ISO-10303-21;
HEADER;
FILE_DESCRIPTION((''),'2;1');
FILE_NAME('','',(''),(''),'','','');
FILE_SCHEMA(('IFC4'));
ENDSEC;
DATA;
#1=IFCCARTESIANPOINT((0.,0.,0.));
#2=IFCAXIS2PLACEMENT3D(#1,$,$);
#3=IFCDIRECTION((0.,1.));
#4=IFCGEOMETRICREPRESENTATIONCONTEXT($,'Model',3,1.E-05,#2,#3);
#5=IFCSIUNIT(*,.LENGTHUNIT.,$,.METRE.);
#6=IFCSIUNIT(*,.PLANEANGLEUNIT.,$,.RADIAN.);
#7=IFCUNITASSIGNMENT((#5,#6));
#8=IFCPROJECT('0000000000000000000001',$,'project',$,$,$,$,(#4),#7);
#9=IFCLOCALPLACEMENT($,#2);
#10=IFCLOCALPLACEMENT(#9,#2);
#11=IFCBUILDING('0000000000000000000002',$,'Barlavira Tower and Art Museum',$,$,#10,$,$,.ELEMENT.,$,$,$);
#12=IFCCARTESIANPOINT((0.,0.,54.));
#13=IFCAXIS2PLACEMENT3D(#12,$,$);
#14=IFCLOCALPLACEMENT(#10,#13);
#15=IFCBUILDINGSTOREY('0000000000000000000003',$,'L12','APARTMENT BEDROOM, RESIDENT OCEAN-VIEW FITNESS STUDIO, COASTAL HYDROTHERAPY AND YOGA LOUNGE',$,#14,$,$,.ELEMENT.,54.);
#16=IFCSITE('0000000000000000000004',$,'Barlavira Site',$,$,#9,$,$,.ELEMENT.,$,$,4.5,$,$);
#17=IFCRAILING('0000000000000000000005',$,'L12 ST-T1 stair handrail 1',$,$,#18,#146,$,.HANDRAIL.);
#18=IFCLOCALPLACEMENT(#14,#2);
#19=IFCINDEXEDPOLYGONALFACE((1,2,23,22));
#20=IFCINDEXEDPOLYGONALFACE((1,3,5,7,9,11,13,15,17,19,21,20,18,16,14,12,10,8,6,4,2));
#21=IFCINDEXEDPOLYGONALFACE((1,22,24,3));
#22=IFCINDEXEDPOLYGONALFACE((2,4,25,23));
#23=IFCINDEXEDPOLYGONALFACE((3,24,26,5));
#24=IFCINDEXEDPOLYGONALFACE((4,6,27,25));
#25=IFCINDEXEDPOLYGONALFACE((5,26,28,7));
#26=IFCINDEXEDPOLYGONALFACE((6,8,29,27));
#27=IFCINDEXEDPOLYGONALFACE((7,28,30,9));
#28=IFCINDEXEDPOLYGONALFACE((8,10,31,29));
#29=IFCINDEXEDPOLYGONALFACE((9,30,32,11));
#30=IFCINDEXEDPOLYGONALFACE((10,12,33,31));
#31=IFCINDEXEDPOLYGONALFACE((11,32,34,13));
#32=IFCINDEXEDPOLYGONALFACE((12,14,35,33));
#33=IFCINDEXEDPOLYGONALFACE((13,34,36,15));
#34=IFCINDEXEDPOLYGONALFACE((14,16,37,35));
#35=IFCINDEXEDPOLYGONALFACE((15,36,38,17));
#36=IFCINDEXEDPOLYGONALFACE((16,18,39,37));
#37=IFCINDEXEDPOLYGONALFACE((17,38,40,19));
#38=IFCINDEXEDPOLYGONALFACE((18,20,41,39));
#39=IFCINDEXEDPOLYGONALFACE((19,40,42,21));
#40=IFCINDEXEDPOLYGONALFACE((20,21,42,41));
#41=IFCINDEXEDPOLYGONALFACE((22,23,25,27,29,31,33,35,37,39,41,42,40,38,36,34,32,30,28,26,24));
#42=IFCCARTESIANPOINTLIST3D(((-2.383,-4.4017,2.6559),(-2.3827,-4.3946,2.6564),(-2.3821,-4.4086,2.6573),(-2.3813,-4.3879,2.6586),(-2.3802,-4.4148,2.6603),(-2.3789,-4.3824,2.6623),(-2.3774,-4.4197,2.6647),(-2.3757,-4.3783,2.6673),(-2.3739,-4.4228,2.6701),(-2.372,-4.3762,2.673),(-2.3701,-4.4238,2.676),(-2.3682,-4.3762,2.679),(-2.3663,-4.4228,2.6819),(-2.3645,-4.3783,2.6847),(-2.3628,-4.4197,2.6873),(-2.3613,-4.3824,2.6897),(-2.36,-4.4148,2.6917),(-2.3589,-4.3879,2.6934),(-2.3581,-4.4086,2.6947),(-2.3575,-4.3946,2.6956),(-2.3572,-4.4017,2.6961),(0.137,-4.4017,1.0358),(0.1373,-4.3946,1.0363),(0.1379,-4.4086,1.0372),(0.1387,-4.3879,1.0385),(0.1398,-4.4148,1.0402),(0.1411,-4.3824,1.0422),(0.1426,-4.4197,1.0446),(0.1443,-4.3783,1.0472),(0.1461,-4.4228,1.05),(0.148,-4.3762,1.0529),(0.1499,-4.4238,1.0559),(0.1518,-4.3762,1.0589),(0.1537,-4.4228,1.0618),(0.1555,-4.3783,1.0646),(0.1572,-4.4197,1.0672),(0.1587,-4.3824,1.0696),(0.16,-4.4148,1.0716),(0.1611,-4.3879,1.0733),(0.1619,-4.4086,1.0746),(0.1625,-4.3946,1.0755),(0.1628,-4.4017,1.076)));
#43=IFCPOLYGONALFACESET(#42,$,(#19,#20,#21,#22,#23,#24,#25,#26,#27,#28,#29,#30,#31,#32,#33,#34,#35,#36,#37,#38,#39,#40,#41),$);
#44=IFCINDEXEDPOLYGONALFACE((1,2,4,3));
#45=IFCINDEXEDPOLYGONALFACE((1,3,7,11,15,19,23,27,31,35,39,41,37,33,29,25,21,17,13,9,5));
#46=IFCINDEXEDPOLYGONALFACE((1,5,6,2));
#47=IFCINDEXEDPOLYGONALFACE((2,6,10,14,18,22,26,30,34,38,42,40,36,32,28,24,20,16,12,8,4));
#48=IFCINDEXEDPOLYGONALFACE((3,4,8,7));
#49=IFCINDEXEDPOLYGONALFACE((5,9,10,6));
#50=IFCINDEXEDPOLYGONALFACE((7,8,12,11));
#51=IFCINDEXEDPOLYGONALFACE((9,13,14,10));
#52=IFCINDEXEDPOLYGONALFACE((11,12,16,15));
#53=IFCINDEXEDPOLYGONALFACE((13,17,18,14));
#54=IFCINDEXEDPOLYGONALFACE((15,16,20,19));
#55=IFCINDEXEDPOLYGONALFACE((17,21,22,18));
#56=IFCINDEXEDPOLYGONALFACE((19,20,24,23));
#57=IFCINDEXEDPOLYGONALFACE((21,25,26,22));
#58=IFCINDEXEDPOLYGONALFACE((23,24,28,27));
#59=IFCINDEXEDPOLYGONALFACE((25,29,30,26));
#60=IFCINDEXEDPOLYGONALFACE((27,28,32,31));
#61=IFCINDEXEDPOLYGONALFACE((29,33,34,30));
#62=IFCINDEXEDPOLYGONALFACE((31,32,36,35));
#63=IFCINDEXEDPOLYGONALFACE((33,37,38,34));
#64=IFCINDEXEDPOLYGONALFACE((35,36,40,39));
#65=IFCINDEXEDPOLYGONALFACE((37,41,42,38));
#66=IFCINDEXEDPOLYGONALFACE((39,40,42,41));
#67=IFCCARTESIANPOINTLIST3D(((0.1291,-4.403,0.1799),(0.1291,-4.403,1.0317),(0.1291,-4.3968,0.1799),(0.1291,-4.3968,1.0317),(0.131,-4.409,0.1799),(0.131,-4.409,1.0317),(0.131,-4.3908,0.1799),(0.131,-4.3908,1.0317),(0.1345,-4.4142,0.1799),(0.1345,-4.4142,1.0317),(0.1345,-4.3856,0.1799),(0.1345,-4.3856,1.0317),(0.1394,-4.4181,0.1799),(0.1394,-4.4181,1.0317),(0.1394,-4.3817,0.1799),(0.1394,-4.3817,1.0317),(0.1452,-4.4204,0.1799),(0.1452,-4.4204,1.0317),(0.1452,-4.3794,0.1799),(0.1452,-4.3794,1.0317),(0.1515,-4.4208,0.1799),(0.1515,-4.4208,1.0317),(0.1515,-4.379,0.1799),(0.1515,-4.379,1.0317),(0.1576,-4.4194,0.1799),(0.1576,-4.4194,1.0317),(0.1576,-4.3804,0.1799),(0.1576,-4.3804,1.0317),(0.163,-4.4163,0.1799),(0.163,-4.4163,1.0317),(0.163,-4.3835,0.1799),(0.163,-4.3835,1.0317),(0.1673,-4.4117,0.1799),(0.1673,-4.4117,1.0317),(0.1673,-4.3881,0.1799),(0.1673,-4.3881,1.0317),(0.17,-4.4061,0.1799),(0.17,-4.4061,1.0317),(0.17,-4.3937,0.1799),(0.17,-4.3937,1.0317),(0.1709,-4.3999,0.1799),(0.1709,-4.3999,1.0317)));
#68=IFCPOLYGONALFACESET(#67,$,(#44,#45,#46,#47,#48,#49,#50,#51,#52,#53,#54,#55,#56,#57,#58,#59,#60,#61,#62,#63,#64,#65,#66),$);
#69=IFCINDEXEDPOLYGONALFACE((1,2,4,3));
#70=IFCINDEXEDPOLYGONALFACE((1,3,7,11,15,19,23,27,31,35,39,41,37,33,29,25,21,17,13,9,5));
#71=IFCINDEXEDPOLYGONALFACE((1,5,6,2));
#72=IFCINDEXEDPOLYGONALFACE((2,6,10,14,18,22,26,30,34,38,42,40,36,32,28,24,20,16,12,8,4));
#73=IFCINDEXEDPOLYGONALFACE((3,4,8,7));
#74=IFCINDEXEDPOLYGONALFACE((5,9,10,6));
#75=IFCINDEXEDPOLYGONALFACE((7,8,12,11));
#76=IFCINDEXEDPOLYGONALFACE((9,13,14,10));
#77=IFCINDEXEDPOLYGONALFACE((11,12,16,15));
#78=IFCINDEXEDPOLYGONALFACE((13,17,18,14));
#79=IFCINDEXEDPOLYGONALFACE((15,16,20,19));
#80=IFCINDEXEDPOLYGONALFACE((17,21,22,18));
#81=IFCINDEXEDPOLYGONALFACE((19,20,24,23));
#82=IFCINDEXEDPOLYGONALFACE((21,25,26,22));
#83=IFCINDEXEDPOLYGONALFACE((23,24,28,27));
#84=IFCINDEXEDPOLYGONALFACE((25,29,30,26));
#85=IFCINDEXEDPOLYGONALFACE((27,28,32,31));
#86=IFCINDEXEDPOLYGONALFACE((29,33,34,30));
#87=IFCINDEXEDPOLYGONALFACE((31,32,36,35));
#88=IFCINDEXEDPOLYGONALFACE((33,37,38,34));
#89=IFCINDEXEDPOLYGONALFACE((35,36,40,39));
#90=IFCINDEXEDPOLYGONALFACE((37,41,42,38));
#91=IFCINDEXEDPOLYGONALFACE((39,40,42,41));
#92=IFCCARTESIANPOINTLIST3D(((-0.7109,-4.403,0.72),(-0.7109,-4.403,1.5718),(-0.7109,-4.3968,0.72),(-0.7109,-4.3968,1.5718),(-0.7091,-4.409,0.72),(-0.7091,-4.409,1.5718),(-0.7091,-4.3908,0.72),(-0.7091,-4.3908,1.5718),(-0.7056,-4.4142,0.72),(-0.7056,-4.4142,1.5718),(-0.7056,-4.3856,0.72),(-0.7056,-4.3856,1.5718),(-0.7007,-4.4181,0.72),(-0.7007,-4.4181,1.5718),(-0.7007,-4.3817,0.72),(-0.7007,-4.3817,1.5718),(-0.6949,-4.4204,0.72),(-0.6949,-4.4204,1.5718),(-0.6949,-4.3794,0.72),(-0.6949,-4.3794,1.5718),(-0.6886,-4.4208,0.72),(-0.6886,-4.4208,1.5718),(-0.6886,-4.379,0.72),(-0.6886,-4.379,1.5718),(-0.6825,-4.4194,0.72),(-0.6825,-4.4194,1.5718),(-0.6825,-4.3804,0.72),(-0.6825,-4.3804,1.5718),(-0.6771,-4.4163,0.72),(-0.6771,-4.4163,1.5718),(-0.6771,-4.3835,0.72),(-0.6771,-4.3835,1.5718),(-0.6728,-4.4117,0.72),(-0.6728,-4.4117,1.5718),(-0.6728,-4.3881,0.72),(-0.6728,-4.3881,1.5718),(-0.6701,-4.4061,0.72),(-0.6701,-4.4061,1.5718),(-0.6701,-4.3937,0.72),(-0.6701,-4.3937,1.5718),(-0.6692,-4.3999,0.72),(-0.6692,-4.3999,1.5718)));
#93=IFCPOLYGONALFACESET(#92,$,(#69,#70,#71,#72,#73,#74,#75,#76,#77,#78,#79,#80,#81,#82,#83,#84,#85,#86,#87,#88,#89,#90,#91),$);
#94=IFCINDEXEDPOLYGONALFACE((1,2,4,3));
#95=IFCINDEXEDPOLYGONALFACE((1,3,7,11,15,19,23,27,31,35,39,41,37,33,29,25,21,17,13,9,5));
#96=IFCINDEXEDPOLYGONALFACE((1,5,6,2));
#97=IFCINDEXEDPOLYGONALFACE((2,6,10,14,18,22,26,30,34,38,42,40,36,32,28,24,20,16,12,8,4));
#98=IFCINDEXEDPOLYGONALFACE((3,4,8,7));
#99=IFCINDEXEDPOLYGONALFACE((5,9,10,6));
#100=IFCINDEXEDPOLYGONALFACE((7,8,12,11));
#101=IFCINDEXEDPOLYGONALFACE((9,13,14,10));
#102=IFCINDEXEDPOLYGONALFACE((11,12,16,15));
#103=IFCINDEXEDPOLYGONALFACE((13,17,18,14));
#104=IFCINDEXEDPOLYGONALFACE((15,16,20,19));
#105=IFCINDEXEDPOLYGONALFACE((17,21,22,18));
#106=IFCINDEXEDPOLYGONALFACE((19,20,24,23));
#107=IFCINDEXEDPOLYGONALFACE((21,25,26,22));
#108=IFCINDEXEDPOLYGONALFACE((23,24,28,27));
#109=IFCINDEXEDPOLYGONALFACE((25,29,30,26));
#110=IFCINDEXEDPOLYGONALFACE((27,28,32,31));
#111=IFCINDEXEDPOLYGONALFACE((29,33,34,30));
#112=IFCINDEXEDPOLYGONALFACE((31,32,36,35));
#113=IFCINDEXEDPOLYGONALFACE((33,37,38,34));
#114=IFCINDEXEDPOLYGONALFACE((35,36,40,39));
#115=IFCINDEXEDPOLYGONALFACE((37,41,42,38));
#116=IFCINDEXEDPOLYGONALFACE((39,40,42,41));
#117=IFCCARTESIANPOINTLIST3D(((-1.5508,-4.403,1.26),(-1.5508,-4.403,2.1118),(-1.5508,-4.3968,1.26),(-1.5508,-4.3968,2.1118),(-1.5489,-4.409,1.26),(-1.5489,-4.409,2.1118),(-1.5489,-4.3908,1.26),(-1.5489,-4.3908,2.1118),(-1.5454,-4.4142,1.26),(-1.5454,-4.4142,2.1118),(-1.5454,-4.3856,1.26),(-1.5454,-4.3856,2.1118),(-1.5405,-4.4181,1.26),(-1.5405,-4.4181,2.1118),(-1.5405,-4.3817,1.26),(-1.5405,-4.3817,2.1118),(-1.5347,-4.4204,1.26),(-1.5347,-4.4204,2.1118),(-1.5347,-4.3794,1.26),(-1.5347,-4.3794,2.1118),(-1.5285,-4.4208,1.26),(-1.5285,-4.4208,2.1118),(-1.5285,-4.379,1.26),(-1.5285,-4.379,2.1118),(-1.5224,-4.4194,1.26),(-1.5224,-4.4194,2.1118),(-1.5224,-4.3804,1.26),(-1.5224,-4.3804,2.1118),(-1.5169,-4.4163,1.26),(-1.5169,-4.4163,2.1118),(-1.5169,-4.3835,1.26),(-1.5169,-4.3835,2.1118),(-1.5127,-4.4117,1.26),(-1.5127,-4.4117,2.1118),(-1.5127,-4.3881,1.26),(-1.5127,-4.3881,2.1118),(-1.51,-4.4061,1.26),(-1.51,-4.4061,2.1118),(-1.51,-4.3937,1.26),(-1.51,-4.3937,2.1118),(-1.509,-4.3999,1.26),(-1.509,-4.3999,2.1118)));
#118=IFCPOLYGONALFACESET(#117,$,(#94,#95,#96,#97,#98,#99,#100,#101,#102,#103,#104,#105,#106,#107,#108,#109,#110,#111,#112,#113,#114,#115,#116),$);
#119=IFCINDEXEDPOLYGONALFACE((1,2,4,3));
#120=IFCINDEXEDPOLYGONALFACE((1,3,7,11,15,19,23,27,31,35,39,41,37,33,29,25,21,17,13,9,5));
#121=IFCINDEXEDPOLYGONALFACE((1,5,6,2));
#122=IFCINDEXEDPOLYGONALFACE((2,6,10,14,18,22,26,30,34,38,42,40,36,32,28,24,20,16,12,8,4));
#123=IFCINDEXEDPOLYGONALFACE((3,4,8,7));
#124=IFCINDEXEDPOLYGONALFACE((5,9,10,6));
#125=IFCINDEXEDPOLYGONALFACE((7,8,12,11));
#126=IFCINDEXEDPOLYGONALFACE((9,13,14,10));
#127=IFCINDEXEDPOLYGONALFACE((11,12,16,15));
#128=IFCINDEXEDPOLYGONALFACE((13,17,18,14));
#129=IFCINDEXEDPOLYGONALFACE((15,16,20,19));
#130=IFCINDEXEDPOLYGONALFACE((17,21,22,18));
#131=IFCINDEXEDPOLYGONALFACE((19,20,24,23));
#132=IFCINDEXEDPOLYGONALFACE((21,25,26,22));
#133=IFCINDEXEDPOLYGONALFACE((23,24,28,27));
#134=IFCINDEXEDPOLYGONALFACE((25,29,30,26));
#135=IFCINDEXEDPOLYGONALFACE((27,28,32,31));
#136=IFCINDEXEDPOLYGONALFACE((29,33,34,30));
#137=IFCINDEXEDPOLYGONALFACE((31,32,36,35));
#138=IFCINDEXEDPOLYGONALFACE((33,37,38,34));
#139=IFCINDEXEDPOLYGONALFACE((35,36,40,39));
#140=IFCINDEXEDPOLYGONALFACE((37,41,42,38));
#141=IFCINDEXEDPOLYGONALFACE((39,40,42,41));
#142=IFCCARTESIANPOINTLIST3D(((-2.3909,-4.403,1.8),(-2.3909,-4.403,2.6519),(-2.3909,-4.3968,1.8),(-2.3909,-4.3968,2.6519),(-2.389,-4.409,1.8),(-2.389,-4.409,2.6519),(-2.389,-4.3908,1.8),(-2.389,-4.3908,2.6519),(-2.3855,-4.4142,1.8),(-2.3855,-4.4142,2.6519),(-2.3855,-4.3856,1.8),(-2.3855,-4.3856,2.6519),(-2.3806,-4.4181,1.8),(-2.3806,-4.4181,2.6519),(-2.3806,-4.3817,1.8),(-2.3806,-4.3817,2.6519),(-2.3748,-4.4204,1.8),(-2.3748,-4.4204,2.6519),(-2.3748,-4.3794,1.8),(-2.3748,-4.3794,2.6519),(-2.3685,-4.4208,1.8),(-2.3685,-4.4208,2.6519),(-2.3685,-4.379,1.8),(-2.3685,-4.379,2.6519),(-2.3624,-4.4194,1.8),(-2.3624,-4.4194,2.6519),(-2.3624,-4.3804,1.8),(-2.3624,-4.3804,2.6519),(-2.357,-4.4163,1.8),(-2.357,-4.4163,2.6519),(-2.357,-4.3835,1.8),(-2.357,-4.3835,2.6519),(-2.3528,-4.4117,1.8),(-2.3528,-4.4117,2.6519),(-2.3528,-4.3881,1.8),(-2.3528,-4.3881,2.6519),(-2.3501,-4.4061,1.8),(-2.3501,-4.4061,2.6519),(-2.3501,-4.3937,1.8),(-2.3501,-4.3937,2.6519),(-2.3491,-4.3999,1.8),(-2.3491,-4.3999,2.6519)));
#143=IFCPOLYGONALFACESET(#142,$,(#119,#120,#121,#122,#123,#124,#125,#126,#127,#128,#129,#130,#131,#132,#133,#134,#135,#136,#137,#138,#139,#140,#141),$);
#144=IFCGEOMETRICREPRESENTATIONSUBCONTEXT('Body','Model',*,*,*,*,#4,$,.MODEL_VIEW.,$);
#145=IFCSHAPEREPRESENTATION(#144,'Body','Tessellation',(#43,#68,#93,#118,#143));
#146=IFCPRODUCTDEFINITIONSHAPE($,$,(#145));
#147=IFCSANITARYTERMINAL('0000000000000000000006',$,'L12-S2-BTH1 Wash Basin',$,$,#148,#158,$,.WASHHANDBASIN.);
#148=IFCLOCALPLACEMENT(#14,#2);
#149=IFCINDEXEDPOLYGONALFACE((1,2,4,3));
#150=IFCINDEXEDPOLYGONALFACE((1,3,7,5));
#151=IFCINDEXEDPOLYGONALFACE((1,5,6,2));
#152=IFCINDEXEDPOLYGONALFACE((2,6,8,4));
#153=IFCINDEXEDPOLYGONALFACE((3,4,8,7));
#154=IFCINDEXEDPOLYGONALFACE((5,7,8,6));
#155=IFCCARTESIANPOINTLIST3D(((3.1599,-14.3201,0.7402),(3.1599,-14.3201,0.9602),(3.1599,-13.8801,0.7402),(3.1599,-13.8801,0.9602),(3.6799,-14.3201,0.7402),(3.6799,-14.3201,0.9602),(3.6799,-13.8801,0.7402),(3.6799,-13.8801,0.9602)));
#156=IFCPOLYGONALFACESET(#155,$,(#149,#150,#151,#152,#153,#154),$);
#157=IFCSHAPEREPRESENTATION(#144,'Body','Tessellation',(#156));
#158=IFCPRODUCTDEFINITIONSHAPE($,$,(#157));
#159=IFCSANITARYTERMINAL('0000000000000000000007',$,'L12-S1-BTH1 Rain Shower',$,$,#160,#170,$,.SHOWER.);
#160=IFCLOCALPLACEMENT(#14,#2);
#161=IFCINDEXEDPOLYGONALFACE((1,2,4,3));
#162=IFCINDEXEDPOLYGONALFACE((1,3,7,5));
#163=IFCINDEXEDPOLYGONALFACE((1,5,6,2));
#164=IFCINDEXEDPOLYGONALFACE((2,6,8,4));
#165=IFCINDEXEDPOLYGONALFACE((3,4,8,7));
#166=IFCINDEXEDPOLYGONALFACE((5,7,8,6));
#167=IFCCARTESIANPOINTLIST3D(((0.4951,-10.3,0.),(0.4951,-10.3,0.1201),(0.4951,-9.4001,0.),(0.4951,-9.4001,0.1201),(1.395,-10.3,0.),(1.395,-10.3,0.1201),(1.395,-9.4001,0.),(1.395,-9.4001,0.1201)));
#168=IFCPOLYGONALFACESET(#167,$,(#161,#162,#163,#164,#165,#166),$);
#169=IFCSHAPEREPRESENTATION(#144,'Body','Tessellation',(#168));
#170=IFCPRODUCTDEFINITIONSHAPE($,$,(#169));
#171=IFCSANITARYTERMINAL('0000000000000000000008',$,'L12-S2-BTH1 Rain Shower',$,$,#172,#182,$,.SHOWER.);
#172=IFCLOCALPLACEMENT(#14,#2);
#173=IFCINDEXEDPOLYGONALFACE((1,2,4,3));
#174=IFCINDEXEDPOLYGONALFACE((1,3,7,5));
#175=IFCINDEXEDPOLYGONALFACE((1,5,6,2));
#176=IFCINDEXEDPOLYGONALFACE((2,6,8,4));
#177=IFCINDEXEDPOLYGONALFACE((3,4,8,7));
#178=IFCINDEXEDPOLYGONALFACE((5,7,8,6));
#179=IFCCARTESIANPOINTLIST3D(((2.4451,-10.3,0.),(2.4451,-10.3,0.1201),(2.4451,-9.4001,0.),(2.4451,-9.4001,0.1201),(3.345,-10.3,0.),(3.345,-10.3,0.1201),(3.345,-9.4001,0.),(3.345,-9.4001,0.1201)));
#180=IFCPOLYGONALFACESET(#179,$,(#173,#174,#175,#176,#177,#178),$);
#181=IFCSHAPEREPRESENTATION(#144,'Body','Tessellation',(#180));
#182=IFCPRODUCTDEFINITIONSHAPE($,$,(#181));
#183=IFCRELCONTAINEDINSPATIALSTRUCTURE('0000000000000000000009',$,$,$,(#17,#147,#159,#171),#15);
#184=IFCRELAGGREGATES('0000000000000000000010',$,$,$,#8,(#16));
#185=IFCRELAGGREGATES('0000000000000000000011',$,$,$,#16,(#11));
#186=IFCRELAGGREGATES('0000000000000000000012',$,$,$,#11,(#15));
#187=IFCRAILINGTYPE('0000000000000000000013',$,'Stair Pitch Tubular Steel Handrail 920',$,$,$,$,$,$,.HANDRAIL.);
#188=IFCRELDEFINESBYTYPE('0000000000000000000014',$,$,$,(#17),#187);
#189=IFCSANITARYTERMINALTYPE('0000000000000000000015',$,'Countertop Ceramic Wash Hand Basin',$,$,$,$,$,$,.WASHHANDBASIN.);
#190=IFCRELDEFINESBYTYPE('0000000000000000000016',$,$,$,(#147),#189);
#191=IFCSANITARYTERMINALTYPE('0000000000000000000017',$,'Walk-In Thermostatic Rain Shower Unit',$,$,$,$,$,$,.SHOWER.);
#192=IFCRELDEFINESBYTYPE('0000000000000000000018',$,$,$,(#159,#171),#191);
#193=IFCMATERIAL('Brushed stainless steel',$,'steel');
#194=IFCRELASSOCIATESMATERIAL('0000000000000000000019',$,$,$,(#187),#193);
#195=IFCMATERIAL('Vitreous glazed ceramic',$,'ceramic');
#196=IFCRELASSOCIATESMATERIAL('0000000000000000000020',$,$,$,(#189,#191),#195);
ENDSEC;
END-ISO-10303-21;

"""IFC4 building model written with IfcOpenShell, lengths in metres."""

from ifc_helpers import new_model, si_unit, direction, frame, origin, origin_2d, place, context, subcontext, project, spatial, rectangle, circle, extrude, material, type_object, element, save


model = new_model("IFC4")

# Units and contexts
model_context = context("Model", 3, precision=1e-05, world=origin(), true_north=direction((0.0, 1.0)))
body_context = subcontext(model_context, "Body", "Model", "MODEL_VIEW")
ifc_project = project(units=[si_unit("LENGTHUNIT", "METRE"), si_unit("PLANEANGLEUNIT", "RADIAN")], contexts=[model_context])

# Site, building, storey
site_placement = place(None, origin())
site = spatial("IfcSite", under=ifc_project, at=site_placement, Name="Barlavira Site", CompositionType="ELEMENT", RefElevation=4.5)
building_placement = place(site_placement, origin())
building = spatial("IfcBuilding", under=site, at=building_placement, Name="Barlavira Tower and Art Museum", CompositionType="ELEMENT")
storey_placement = place(building_placement, frame((0.0, 0.0, 54.0)))
storey = spatial("IfcBuildingStorey", under=building, at=storey_placement, Name="L12", Description="APARTMENT BEDROOM, RESIDENT OCEAN-VIEW FITNESS STUDIO, COASTAL HYDROTHERAPY AND YOGA LOUNGE", CompositionType="ELEMENT", Elevation=54.0)

# Shared definitions
ifc_material_1 = material(Name="Brushed stainless steel", Category="steel")

# Railing
railing_type_1 = type_object("IfcRailingType", Name="Stair Pitch Tubular Steel Handrail 920", PredefinedType="HANDRAIL", material=ifc_material_1)
railing_1_placement = place(storey_placement, frame((0.1499, -4.3999, 0.1799)))
element("IfcRailing", 1, at=railing_1_placement, inside=storey, type_object=railing_type_1, Name="L12 ST-T1 stair handrail 1", PredefinedType="HANDRAIL", context=body_context, shape_type="SweptSolid", body=[
    extrude(circle(Radius=0.0239, at=origin_2d()), frame((0.0, 0.0, 0.876), z_axis=(-0.841163, 0.0, 0.540782), x_axis=(0.0, -1.0, 0.0)), (0.0, 0.0, 1.0), 2.9958),
    extrude(circle(Radius=0.021, at=origin_2d()), origin(), (0.0, 0.0, 1.0), 0.8518),
    extrude(circle(Radius=0.021, at=origin_2d()), frame((-0.8401, 0.0, 0.54)), (0.0, 0.0, 1.0), 0.8518),
    extrude(circle(Radius=0.021, at=origin_2d()), frame((-1.6799, 0.0, 1.0801)), (0.0, 0.0, 1.0), 0.8518),
    extrude(circle(Radius=0.021, at=origin_2d()), frame((-2.52, 0.0, 1.6201)), (0.0, 0.0, 1.0), 0.8518),
])

# Sanitary terminals
ifc_material_2 = material(Name="Vitreous glazed ceramic", Category="ceramic")
sanitary_terminal_type_1 = type_object("IfcSanitaryTerminalType", Name="Countertop Ceramic Wash Hand Basin", PredefinedType="WASHHANDBASIN", material=ifc_material_2)
sanitary_terminal_placement = place(storey_placement, frame((3.4199, -14.1001, 0.7402), z_axis=(0.0, 0.0, 1.0), x_axis=(1.0, 0.0, 0.0)))
element("IfcSanitaryTerminal", 2, at=sanitary_terminal_placement, inside=storey, type_object=sanitary_terminal_type_1, Name="L12-S2-BTH1 Wash Basin", PredefinedType="WASHHANDBASIN", context=body_context, shape_type="SweptSolid", body=[
    extrude(rectangle(XDim=0.52, YDim=0.4399, at=origin_2d()), origin(), (0.0, 0.0, 1.0), 0.22),
])
sanitary_terminal_type_2 = type_object("IfcSanitaryTerminalType", Name="Walk-In Thermostatic Rain Shower Unit", PredefinedType="SHOWER", material=ifc_material_2)
for number, where, z_axis, x_axis, name in (
    (3, (0.9451, -9.8501, 0.0), (0.0, 0.0, 1.0), (1.0, 0.0, 0.0), "L12-S1-BTH1 Rain Shower"),
    (4, (2.895, -9.8501, 0.0), (0.0, 0.0, 1.0), (1.0, 0.0, 0.0), "L12-S2-BTH1 Rain Shower"),
):
    element("IfcSanitaryTerminal", number, at=place(storey_placement, frame(where, z_axis=z_axis, x_axis=x_axis)), inside=storey, type_object=sanitary_terminal_type_2, Name=name, PredefinedType="SHOWER", context=body_context, shape_type="SweptSolid", body=[
        extrude(rectangle(XDim=0.8999, YDim=0.8999, at=origin_2d()), origin(), (0.0, 0.0, 1.0), 0.1201),
    ])

save(model, "model.ifc")
